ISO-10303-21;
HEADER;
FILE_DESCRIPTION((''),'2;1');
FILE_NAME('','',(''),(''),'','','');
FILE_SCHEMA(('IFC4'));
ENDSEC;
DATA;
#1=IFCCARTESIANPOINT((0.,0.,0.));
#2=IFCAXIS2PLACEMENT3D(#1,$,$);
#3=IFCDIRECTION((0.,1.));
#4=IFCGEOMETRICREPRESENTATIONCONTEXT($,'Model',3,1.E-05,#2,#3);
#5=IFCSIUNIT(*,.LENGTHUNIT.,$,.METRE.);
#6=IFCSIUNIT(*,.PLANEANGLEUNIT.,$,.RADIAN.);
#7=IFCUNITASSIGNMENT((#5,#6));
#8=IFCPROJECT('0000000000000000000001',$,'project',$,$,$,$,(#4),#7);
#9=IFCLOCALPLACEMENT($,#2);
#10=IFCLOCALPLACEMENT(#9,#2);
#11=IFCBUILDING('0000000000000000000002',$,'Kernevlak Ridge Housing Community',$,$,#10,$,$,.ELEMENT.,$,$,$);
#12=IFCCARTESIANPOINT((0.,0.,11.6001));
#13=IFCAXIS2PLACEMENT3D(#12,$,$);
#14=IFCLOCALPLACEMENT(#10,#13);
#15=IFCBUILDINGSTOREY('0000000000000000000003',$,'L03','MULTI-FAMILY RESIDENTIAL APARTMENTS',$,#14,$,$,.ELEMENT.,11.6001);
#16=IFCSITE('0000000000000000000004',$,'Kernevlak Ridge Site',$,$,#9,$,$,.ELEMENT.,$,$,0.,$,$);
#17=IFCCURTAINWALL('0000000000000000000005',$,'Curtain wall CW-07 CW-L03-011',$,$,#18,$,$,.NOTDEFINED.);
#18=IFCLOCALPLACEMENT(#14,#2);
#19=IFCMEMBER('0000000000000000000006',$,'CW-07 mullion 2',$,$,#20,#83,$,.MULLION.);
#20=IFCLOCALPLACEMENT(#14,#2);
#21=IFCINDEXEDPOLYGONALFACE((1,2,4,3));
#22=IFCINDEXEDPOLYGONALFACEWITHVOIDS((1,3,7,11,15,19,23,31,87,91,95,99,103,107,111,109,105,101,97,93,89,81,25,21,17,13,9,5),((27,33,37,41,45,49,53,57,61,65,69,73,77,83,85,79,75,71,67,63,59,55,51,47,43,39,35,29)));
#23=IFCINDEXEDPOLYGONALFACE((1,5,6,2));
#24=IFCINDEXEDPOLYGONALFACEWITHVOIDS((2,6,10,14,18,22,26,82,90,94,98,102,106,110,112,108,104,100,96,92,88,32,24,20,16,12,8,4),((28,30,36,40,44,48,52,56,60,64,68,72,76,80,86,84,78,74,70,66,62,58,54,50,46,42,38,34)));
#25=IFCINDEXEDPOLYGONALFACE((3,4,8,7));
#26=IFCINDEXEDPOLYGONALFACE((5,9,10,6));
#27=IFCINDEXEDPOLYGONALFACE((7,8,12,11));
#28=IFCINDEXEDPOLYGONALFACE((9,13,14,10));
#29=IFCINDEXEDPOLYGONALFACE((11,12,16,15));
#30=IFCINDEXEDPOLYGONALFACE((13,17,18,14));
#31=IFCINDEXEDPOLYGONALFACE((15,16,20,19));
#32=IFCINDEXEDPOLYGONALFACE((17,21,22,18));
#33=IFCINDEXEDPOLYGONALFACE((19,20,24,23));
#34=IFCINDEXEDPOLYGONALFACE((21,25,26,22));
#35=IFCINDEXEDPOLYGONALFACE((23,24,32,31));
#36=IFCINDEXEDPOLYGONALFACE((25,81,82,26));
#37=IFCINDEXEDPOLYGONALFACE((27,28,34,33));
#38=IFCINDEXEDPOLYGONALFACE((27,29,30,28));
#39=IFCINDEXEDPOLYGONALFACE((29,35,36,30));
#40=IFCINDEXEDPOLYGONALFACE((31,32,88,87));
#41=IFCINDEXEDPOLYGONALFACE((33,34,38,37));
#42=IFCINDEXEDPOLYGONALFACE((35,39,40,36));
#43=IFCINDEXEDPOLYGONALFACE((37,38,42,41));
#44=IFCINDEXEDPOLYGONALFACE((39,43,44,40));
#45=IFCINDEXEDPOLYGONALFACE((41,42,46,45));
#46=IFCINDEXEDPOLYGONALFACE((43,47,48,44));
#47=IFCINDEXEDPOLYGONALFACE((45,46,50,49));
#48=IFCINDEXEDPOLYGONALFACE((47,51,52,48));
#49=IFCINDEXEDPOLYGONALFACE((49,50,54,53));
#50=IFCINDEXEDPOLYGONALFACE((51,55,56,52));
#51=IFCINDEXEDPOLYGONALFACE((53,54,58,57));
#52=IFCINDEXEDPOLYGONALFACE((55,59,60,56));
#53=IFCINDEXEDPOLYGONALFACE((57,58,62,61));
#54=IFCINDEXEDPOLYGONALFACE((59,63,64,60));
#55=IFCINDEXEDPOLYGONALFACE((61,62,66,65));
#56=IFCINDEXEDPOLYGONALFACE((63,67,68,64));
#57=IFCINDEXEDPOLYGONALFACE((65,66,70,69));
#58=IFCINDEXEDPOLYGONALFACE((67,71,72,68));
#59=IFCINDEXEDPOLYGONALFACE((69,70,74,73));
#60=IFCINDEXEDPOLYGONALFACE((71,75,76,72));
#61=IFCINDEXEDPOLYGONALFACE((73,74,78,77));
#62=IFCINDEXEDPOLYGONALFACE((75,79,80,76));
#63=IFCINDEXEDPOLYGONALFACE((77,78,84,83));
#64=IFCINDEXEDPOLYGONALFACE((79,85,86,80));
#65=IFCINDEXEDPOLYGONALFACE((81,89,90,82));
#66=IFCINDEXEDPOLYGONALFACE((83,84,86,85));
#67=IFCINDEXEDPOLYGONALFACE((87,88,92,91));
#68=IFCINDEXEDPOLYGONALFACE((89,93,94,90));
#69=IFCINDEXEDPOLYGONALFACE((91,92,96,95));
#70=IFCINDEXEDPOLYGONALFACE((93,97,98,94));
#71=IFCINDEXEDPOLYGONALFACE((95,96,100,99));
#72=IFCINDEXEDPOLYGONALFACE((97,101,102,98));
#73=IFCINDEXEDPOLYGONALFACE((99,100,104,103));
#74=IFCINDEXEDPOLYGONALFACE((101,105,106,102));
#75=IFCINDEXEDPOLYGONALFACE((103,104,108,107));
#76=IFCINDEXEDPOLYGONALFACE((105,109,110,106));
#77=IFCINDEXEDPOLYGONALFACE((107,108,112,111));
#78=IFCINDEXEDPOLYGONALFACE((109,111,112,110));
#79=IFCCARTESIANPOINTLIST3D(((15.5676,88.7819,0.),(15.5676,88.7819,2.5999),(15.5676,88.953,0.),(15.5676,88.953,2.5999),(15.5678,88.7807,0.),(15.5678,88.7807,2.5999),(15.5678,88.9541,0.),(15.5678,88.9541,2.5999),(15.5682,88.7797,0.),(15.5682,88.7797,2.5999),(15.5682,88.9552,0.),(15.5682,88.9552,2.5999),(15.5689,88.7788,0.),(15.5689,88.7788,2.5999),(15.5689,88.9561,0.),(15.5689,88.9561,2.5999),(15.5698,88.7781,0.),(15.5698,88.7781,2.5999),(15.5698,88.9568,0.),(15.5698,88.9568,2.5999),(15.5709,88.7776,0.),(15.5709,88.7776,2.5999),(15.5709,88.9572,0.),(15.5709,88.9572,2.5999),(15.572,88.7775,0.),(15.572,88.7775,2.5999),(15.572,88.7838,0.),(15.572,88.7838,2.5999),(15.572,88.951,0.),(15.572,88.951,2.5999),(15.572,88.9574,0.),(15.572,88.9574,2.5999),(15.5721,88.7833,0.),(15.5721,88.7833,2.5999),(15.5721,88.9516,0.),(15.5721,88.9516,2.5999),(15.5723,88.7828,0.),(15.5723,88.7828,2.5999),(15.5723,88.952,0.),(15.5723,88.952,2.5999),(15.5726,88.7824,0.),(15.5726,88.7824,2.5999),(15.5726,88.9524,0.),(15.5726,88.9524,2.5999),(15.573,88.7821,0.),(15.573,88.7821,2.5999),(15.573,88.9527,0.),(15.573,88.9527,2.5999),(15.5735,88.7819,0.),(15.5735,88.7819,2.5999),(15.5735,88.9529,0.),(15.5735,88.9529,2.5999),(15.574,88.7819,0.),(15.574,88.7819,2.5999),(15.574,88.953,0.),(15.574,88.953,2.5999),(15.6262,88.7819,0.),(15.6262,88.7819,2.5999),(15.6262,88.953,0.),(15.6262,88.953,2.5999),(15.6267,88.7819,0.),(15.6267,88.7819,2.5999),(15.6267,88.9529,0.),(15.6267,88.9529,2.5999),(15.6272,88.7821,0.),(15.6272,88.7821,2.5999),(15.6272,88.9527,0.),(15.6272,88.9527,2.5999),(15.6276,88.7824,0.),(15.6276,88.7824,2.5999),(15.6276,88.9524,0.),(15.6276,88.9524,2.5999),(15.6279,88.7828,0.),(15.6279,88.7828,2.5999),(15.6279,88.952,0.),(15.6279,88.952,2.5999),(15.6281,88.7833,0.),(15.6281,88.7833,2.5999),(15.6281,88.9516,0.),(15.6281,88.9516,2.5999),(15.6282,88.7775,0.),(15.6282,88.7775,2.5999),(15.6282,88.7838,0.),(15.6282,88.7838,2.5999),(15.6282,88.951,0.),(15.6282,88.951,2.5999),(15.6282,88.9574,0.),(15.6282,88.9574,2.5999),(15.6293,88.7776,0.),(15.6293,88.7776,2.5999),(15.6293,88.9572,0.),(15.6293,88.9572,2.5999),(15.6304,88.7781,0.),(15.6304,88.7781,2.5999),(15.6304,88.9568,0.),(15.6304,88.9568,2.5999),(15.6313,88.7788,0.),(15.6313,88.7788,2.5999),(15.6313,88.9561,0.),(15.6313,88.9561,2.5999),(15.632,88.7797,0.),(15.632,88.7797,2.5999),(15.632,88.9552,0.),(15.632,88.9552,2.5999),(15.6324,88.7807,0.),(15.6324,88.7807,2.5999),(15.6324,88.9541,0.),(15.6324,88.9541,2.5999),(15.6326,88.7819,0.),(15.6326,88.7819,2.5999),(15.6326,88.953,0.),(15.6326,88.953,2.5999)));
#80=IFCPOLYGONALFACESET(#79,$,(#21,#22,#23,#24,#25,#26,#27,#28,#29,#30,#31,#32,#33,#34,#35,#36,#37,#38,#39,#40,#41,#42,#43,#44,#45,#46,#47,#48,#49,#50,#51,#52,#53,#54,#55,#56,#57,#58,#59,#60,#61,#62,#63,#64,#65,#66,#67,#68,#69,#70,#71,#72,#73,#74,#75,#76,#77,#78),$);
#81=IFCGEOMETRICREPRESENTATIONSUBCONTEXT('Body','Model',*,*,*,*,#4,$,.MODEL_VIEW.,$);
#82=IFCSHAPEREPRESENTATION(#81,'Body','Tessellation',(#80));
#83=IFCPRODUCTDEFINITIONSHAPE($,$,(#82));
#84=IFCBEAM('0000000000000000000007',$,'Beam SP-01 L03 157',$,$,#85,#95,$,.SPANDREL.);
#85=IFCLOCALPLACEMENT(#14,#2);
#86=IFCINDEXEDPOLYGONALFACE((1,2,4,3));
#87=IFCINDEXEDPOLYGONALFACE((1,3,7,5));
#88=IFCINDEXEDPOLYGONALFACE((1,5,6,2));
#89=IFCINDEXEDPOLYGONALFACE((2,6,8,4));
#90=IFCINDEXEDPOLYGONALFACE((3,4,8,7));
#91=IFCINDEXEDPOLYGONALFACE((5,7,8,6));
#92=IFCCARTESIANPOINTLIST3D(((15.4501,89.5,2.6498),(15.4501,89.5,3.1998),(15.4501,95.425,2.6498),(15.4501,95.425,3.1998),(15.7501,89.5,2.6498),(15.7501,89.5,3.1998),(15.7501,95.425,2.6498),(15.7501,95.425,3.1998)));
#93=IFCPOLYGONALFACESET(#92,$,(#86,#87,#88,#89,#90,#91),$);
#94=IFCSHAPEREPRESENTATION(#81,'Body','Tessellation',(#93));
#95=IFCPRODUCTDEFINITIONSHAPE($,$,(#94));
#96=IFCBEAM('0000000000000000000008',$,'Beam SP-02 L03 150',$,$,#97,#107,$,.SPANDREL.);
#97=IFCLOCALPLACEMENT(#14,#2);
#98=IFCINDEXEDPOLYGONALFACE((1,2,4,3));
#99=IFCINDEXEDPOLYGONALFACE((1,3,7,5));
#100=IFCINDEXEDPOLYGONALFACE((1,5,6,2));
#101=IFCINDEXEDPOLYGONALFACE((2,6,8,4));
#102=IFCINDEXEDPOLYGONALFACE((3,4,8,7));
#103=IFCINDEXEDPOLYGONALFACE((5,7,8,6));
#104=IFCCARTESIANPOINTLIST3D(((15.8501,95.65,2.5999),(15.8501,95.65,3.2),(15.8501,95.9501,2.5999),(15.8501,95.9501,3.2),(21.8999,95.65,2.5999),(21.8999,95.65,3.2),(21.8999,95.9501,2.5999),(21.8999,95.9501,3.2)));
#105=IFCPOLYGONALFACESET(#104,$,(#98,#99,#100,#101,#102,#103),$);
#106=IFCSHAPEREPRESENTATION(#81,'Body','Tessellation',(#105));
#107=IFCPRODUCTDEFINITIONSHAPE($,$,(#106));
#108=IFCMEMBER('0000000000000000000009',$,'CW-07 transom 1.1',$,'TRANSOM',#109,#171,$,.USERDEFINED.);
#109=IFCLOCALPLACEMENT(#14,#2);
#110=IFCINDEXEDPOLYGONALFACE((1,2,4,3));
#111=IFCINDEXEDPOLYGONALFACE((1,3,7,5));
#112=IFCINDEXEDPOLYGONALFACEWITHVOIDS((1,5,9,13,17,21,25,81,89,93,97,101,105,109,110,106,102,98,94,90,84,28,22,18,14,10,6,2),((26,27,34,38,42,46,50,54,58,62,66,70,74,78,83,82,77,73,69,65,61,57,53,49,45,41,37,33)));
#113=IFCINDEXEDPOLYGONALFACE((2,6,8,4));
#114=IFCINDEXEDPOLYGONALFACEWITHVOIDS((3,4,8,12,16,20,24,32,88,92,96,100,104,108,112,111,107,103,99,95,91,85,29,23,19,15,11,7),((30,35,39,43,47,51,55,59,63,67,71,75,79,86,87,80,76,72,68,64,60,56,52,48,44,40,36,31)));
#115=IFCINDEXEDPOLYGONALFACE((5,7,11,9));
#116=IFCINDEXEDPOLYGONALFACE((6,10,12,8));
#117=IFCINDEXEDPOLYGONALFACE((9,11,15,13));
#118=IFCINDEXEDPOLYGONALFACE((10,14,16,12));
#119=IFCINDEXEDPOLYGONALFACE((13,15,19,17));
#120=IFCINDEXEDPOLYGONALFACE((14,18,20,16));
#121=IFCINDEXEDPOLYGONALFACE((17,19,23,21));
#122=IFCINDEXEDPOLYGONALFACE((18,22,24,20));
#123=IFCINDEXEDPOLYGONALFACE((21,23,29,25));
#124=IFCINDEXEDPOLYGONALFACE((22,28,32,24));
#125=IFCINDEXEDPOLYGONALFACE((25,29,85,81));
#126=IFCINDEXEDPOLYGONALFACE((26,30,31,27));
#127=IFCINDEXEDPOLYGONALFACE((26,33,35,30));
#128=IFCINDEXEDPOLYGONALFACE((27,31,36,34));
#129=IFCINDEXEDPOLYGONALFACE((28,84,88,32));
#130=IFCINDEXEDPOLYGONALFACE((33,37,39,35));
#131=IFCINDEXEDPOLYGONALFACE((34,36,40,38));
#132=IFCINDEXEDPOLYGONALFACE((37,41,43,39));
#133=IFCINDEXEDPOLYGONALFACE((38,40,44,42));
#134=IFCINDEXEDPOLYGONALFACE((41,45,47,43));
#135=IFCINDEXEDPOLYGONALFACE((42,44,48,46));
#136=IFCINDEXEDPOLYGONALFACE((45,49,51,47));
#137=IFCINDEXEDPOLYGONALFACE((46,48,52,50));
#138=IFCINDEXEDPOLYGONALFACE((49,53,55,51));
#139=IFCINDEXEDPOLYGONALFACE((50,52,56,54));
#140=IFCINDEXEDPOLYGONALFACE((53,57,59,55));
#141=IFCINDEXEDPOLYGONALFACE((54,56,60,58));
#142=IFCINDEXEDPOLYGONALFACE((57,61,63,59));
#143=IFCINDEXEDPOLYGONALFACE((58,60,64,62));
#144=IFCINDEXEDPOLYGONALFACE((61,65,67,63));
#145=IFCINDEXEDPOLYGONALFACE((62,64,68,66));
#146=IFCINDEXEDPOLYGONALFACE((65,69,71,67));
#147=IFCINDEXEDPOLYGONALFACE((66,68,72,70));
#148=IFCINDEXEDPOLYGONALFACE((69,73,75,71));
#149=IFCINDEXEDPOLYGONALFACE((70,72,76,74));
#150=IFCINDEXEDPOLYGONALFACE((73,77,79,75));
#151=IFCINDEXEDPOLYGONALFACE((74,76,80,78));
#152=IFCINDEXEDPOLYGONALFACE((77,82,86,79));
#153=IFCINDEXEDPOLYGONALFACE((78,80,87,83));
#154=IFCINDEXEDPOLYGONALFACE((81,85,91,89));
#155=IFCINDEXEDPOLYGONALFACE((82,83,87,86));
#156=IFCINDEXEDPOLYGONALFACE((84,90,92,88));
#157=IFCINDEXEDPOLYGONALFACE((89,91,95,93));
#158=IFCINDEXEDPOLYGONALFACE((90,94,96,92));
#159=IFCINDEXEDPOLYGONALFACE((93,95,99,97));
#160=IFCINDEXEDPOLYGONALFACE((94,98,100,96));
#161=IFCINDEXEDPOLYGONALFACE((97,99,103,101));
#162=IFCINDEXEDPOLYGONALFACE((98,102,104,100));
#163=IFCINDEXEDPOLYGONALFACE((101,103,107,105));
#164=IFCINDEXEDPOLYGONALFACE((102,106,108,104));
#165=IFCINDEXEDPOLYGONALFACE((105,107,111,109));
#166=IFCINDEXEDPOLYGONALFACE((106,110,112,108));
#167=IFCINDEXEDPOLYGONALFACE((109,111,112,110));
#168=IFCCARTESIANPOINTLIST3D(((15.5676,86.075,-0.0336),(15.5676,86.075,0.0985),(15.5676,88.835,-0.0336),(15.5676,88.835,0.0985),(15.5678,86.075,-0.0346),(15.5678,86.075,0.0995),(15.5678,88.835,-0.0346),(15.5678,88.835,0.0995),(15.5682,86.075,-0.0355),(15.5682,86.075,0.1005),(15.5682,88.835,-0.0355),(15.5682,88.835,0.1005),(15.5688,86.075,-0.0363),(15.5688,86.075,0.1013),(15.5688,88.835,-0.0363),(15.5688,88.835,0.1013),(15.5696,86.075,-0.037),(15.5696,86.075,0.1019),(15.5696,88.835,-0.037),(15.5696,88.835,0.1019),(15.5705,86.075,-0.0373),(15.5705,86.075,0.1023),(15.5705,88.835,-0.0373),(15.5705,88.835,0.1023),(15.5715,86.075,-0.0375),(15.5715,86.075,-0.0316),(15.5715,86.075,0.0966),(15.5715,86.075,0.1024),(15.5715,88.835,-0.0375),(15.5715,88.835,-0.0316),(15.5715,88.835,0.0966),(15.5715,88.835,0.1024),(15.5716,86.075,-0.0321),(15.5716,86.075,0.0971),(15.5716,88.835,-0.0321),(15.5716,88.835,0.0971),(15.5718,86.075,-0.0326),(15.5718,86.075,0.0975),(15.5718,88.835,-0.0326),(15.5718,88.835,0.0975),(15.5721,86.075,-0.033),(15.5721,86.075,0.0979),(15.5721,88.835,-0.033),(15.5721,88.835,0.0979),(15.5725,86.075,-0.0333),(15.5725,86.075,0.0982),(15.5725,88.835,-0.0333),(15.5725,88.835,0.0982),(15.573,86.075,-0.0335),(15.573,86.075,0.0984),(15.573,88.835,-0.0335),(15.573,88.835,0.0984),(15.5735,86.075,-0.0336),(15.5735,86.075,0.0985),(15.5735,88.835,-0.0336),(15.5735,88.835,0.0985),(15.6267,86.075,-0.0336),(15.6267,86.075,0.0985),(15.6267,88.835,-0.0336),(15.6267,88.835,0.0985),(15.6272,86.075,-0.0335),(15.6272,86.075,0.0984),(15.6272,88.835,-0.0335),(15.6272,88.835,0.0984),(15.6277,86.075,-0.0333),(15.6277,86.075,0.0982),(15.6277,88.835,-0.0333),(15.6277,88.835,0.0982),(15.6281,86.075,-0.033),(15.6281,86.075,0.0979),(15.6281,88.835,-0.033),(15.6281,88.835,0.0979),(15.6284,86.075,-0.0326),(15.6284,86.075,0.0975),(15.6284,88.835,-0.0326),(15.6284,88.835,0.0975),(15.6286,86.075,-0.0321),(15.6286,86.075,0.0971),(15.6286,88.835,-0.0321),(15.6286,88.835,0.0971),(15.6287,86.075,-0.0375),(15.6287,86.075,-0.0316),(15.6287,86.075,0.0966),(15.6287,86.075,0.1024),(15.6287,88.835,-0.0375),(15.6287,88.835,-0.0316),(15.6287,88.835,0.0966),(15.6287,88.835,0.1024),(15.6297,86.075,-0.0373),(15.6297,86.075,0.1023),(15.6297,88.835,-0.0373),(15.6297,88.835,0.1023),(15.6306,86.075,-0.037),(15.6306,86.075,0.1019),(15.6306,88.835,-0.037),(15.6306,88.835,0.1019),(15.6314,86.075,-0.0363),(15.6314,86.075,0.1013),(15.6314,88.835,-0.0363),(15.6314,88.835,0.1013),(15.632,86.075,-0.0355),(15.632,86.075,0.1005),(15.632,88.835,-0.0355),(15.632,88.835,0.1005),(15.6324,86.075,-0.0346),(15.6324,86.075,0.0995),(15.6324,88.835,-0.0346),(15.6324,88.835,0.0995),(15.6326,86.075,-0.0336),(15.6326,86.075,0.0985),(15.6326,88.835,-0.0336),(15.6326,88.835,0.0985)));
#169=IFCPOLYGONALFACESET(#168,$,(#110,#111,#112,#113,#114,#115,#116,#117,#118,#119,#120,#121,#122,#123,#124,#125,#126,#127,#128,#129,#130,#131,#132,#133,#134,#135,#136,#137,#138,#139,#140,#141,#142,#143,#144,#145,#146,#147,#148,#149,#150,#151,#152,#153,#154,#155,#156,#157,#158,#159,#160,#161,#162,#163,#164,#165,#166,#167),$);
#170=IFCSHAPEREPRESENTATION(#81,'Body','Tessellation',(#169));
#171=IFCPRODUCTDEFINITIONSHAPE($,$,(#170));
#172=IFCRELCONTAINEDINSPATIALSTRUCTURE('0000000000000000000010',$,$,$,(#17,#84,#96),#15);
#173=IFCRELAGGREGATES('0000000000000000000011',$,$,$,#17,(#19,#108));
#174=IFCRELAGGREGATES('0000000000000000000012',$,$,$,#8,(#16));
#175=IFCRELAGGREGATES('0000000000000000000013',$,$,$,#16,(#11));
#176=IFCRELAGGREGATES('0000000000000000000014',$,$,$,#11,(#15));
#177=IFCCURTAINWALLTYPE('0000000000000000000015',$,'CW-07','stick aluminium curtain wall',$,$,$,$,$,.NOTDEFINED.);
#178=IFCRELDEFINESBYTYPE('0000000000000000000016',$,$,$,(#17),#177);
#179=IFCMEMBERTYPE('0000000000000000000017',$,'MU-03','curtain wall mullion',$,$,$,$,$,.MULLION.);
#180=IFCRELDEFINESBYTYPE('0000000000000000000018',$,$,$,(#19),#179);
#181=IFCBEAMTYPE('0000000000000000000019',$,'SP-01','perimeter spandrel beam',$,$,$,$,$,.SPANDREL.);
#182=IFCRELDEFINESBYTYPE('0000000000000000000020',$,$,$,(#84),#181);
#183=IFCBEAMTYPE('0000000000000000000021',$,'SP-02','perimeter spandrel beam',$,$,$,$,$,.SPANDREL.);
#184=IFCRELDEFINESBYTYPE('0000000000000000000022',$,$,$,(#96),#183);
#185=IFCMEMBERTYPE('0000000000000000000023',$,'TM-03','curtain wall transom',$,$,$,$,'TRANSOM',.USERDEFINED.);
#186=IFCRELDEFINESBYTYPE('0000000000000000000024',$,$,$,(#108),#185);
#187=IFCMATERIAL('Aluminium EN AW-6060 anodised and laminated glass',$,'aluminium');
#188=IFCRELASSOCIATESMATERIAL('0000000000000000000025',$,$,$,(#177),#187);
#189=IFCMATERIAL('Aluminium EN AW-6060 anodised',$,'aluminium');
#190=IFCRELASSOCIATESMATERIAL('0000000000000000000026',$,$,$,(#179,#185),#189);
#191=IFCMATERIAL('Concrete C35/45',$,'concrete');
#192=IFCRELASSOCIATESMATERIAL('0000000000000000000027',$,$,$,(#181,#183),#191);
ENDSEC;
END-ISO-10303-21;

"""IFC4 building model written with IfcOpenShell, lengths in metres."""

from ifc_helpers import new_model, si_unit, direction, frame, origin, origin_2d, place, context, subcontext, project, spatial, rectangle, hollow_rectangle, extrude, material, material_profile, profile_set, type_object, element, aggregate, save


model = new_model("IFC4")

# Units and contexts
model_context = context("Model", 3, precision=1e-05, world=origin(), true_north=direction((0.0, 1.0)))
body_context = subcontext(model_context, "Body", "Model", "MODEL_VIEW")
ifc_project = project(units=[si_unit("LENGTHUNIT", "METRE"), si_unit("PLANEANGLEUNIT", "RADIAN")], contexts=[model_context])

# Site, building, storey
site_placement = place(None, origin())
site = spatial("IfcSite", under=ifc_project, at=site_placement, Name="Kernevlak Ridge Site", CompositionType="ELEMENT", RefElevation=0.0)
building_placement = place(site_placement, origin())
building = spatial("IfcBuilding", under=site, at=building_placement, Name="Kernevlak Ridge Housing Community", CompositionType="ELEMENT")
storey_placement = place(building_placement, frame((0.0, 0.0, 11.6001)))
storey = spatial("IfcBuildingStorey", under=building, at=storey_placement, Name="L03", Description="MULTI-FAMILY RESIDENTIAL APARTMENTS", CompositionType="ELEMENT", Elevation=11.6001)

# Shared definitions
ifc_material_1 = material(Name="Concrete C35/45", Category="concrete")

# Shared definitions
ifc_material_2 = material(Name="Aluminium EN AW-6060 anodised and laminated glass", Category="aluminium")
ifc_material_3 = material(Name="Aluminium EN AW-6060 anodised", Category="aluminium")

# Curtain wall, member
curtain_wall_type_1 = type_object("IfcCurtainWallType", Name="CW-07", Description="stick aluminium curtain wall", PredefinedType="NOTDEFINED", material=ifc_material_2)
curtain_wall_1_placement = place(storey_placement, origin())
curtain_wall_1 = element("IfcCurtainWall", 1, at=curtain_wall_1_placement, inside=storey, type_object=curtain_wall_type_1, Name="Curtain wall CW-07 CW-L03-011", PredefinedType="NOTDEFINED")
ifc_material_profile_1 = material_profile(ifc_material_3, hollow_rectangle(XDim=0.0649, YDim=0.1799, WallThickness=0.0044, InnerFilletRadius=0.002, OuterFilletRadius=0.0044, at=origin_2d()), Name="ALU 65x180x4.5")
ifc_profile_set_1 = profile_set([ifc_material_profile_1], Name="Aluminium EN AW-6060 anodised")
member_type_1 = type_object("IfcMemberType", Name="MU-03", Description="curtain wall mullion", PredefinedType="MULLION", material=ifc_profile_set_1)
member_1_placement = place(storey_placement, frame((15.6001, 88.8674, 0.0), z_axis=(0.0, 0.0, 1.0), x_axis=(-1.0, 0.0, 0.0)))
member_1 = element("IfcMember", 2, at=member_1_placement, type_object=member_type_1, Name="CW-07 mullion 2", PredefinedType="MULLION", context=body_context, shape_type="SweptSolid", body=[
    extrude(hollow_rectangle(XDim=0.0649, YDim=0.1799, WallThickness=0.0044, InnerFilletRadius=0.002, OuterFilletRadius=0.0044, at=origin_2d()), origin(), (0.0, 0.0, 1.0), 2.5999),
])

# Beams
ifc_material_profile_2 = material_profile(ifc_material_1, rectangle(XDim=0.3, YDim=0.55, at=origin_2d()), Name="RC 300x550")
ifc_profile_set_2 = profile_set([ifc_material_profile_2], Name="Concrete C35/45")
beam_type_1 = type_object("IfcBeamType", Name="SP-01", Description="perimeter spandrel beam", PredefinedType="SPANDREL", material=ifc_profile_set_2)
beam_1_placement = place(storey_placement, frame((15.6001, 89.5, 2.9248), z_axis=(0.0, 1.0, 0.0), x_axis=(-1.0, 0.0, 0.0)))
element("IfcBeam", 3, at=beam_1_placement, inside=storey, type_object=beam_type_1, Name="Beam SP-01 L03 157", PredefinedType="SPANDREL", context=body_context, shape_type="SweptSolid", body=[
    extrude(rectangle(XDim=0.3, YDim=0.55, at=origin_2d()), origin(), (0.0, 0.0, 1.0), 5.925),
])
ifc_material_profile_3 = material_profile(ifc_material_1, rectangle(XDim=0.3, YDim=0.6001, at=origin_2d()), Name="RC 300x600")
ifc_profile_set_3 = profile_set([ifc_material_profile_3], Name="Concrete C35/45")
beam_type_2 = type_object("IfcBeamType", Name="SP-02", Description="perimeter spandrel beam", PredefinedType="SPANDREL", material=ifc_profile_set_3)
beam_2_placement = place(storey_placement, frame((15.8501, 95.8, 2.8999), z_axis=(1.0, 0.0, 0.0), x_axis=(0.0, 1.0, 0.0)))
element("IfcBeam", 4, at=beam_2_placement, inside=storey, type_object=beam_type_2, Name="Beam SP-02 L03 150", PredefinedType="SPANDREL", context=body_context, shape_type="SweptSolid", body=[
    extrude(rectangle(XDim=0.3, YDim=0.6001, at=origin_2d()), origin(), (0.0, 0.0, 1.0), 6.0498),
])

# Member
ifc_material_profile_4 = material_profile(ifc_material_3, hollow_rectangle(XDim=0.0649, YDim=0.1399, WallThickness=0.0039, InnerFilletRadius=0.002, OuterFilletRadius=0.0039, at=origin_2d()), Name="ALU 65x140x4")
ifc_profile_set_4 = profile_set([ifc_material_profile_4], Name="Aluminium EN AW-6060 anodised")
member_type_2 = type_object("IfcMemberType", Name="TM-03", Description="curtain wall transom", ElementType="TRANSOM", PredefinedType="USERDEFINED", material=ifc_profile_set_4)
member_2_placement = place(storey_placement, frame((15.6001, 86.075, 0.0325), z_axis=(0.0, 1.0, 0.0), x_axis=(-1.0, 0.0, 0.0)))
member_2 = element("IfcMember", 5, at=member_2_placement, type_object=member_type_2, Name="CW-07 transom 1.1", ObjectType="TRANSOM", PredefinedType="USERDEFINED", context=body_context, shape_type="SweptSolid", body=[
    extrude(hollow_rectangle(XDim=0.0649, YDim=0.1399, WallThickness=0.0039, InnerFilletRadius=0.002, OuterFilletRadius=0.0039, at=origin_2d()), origin(), (0.0, 0.0, 1.0), 2.76),
])

aggregate(curtain_wall_1, [member_1, member_2])

save(model, "model.ifc")
